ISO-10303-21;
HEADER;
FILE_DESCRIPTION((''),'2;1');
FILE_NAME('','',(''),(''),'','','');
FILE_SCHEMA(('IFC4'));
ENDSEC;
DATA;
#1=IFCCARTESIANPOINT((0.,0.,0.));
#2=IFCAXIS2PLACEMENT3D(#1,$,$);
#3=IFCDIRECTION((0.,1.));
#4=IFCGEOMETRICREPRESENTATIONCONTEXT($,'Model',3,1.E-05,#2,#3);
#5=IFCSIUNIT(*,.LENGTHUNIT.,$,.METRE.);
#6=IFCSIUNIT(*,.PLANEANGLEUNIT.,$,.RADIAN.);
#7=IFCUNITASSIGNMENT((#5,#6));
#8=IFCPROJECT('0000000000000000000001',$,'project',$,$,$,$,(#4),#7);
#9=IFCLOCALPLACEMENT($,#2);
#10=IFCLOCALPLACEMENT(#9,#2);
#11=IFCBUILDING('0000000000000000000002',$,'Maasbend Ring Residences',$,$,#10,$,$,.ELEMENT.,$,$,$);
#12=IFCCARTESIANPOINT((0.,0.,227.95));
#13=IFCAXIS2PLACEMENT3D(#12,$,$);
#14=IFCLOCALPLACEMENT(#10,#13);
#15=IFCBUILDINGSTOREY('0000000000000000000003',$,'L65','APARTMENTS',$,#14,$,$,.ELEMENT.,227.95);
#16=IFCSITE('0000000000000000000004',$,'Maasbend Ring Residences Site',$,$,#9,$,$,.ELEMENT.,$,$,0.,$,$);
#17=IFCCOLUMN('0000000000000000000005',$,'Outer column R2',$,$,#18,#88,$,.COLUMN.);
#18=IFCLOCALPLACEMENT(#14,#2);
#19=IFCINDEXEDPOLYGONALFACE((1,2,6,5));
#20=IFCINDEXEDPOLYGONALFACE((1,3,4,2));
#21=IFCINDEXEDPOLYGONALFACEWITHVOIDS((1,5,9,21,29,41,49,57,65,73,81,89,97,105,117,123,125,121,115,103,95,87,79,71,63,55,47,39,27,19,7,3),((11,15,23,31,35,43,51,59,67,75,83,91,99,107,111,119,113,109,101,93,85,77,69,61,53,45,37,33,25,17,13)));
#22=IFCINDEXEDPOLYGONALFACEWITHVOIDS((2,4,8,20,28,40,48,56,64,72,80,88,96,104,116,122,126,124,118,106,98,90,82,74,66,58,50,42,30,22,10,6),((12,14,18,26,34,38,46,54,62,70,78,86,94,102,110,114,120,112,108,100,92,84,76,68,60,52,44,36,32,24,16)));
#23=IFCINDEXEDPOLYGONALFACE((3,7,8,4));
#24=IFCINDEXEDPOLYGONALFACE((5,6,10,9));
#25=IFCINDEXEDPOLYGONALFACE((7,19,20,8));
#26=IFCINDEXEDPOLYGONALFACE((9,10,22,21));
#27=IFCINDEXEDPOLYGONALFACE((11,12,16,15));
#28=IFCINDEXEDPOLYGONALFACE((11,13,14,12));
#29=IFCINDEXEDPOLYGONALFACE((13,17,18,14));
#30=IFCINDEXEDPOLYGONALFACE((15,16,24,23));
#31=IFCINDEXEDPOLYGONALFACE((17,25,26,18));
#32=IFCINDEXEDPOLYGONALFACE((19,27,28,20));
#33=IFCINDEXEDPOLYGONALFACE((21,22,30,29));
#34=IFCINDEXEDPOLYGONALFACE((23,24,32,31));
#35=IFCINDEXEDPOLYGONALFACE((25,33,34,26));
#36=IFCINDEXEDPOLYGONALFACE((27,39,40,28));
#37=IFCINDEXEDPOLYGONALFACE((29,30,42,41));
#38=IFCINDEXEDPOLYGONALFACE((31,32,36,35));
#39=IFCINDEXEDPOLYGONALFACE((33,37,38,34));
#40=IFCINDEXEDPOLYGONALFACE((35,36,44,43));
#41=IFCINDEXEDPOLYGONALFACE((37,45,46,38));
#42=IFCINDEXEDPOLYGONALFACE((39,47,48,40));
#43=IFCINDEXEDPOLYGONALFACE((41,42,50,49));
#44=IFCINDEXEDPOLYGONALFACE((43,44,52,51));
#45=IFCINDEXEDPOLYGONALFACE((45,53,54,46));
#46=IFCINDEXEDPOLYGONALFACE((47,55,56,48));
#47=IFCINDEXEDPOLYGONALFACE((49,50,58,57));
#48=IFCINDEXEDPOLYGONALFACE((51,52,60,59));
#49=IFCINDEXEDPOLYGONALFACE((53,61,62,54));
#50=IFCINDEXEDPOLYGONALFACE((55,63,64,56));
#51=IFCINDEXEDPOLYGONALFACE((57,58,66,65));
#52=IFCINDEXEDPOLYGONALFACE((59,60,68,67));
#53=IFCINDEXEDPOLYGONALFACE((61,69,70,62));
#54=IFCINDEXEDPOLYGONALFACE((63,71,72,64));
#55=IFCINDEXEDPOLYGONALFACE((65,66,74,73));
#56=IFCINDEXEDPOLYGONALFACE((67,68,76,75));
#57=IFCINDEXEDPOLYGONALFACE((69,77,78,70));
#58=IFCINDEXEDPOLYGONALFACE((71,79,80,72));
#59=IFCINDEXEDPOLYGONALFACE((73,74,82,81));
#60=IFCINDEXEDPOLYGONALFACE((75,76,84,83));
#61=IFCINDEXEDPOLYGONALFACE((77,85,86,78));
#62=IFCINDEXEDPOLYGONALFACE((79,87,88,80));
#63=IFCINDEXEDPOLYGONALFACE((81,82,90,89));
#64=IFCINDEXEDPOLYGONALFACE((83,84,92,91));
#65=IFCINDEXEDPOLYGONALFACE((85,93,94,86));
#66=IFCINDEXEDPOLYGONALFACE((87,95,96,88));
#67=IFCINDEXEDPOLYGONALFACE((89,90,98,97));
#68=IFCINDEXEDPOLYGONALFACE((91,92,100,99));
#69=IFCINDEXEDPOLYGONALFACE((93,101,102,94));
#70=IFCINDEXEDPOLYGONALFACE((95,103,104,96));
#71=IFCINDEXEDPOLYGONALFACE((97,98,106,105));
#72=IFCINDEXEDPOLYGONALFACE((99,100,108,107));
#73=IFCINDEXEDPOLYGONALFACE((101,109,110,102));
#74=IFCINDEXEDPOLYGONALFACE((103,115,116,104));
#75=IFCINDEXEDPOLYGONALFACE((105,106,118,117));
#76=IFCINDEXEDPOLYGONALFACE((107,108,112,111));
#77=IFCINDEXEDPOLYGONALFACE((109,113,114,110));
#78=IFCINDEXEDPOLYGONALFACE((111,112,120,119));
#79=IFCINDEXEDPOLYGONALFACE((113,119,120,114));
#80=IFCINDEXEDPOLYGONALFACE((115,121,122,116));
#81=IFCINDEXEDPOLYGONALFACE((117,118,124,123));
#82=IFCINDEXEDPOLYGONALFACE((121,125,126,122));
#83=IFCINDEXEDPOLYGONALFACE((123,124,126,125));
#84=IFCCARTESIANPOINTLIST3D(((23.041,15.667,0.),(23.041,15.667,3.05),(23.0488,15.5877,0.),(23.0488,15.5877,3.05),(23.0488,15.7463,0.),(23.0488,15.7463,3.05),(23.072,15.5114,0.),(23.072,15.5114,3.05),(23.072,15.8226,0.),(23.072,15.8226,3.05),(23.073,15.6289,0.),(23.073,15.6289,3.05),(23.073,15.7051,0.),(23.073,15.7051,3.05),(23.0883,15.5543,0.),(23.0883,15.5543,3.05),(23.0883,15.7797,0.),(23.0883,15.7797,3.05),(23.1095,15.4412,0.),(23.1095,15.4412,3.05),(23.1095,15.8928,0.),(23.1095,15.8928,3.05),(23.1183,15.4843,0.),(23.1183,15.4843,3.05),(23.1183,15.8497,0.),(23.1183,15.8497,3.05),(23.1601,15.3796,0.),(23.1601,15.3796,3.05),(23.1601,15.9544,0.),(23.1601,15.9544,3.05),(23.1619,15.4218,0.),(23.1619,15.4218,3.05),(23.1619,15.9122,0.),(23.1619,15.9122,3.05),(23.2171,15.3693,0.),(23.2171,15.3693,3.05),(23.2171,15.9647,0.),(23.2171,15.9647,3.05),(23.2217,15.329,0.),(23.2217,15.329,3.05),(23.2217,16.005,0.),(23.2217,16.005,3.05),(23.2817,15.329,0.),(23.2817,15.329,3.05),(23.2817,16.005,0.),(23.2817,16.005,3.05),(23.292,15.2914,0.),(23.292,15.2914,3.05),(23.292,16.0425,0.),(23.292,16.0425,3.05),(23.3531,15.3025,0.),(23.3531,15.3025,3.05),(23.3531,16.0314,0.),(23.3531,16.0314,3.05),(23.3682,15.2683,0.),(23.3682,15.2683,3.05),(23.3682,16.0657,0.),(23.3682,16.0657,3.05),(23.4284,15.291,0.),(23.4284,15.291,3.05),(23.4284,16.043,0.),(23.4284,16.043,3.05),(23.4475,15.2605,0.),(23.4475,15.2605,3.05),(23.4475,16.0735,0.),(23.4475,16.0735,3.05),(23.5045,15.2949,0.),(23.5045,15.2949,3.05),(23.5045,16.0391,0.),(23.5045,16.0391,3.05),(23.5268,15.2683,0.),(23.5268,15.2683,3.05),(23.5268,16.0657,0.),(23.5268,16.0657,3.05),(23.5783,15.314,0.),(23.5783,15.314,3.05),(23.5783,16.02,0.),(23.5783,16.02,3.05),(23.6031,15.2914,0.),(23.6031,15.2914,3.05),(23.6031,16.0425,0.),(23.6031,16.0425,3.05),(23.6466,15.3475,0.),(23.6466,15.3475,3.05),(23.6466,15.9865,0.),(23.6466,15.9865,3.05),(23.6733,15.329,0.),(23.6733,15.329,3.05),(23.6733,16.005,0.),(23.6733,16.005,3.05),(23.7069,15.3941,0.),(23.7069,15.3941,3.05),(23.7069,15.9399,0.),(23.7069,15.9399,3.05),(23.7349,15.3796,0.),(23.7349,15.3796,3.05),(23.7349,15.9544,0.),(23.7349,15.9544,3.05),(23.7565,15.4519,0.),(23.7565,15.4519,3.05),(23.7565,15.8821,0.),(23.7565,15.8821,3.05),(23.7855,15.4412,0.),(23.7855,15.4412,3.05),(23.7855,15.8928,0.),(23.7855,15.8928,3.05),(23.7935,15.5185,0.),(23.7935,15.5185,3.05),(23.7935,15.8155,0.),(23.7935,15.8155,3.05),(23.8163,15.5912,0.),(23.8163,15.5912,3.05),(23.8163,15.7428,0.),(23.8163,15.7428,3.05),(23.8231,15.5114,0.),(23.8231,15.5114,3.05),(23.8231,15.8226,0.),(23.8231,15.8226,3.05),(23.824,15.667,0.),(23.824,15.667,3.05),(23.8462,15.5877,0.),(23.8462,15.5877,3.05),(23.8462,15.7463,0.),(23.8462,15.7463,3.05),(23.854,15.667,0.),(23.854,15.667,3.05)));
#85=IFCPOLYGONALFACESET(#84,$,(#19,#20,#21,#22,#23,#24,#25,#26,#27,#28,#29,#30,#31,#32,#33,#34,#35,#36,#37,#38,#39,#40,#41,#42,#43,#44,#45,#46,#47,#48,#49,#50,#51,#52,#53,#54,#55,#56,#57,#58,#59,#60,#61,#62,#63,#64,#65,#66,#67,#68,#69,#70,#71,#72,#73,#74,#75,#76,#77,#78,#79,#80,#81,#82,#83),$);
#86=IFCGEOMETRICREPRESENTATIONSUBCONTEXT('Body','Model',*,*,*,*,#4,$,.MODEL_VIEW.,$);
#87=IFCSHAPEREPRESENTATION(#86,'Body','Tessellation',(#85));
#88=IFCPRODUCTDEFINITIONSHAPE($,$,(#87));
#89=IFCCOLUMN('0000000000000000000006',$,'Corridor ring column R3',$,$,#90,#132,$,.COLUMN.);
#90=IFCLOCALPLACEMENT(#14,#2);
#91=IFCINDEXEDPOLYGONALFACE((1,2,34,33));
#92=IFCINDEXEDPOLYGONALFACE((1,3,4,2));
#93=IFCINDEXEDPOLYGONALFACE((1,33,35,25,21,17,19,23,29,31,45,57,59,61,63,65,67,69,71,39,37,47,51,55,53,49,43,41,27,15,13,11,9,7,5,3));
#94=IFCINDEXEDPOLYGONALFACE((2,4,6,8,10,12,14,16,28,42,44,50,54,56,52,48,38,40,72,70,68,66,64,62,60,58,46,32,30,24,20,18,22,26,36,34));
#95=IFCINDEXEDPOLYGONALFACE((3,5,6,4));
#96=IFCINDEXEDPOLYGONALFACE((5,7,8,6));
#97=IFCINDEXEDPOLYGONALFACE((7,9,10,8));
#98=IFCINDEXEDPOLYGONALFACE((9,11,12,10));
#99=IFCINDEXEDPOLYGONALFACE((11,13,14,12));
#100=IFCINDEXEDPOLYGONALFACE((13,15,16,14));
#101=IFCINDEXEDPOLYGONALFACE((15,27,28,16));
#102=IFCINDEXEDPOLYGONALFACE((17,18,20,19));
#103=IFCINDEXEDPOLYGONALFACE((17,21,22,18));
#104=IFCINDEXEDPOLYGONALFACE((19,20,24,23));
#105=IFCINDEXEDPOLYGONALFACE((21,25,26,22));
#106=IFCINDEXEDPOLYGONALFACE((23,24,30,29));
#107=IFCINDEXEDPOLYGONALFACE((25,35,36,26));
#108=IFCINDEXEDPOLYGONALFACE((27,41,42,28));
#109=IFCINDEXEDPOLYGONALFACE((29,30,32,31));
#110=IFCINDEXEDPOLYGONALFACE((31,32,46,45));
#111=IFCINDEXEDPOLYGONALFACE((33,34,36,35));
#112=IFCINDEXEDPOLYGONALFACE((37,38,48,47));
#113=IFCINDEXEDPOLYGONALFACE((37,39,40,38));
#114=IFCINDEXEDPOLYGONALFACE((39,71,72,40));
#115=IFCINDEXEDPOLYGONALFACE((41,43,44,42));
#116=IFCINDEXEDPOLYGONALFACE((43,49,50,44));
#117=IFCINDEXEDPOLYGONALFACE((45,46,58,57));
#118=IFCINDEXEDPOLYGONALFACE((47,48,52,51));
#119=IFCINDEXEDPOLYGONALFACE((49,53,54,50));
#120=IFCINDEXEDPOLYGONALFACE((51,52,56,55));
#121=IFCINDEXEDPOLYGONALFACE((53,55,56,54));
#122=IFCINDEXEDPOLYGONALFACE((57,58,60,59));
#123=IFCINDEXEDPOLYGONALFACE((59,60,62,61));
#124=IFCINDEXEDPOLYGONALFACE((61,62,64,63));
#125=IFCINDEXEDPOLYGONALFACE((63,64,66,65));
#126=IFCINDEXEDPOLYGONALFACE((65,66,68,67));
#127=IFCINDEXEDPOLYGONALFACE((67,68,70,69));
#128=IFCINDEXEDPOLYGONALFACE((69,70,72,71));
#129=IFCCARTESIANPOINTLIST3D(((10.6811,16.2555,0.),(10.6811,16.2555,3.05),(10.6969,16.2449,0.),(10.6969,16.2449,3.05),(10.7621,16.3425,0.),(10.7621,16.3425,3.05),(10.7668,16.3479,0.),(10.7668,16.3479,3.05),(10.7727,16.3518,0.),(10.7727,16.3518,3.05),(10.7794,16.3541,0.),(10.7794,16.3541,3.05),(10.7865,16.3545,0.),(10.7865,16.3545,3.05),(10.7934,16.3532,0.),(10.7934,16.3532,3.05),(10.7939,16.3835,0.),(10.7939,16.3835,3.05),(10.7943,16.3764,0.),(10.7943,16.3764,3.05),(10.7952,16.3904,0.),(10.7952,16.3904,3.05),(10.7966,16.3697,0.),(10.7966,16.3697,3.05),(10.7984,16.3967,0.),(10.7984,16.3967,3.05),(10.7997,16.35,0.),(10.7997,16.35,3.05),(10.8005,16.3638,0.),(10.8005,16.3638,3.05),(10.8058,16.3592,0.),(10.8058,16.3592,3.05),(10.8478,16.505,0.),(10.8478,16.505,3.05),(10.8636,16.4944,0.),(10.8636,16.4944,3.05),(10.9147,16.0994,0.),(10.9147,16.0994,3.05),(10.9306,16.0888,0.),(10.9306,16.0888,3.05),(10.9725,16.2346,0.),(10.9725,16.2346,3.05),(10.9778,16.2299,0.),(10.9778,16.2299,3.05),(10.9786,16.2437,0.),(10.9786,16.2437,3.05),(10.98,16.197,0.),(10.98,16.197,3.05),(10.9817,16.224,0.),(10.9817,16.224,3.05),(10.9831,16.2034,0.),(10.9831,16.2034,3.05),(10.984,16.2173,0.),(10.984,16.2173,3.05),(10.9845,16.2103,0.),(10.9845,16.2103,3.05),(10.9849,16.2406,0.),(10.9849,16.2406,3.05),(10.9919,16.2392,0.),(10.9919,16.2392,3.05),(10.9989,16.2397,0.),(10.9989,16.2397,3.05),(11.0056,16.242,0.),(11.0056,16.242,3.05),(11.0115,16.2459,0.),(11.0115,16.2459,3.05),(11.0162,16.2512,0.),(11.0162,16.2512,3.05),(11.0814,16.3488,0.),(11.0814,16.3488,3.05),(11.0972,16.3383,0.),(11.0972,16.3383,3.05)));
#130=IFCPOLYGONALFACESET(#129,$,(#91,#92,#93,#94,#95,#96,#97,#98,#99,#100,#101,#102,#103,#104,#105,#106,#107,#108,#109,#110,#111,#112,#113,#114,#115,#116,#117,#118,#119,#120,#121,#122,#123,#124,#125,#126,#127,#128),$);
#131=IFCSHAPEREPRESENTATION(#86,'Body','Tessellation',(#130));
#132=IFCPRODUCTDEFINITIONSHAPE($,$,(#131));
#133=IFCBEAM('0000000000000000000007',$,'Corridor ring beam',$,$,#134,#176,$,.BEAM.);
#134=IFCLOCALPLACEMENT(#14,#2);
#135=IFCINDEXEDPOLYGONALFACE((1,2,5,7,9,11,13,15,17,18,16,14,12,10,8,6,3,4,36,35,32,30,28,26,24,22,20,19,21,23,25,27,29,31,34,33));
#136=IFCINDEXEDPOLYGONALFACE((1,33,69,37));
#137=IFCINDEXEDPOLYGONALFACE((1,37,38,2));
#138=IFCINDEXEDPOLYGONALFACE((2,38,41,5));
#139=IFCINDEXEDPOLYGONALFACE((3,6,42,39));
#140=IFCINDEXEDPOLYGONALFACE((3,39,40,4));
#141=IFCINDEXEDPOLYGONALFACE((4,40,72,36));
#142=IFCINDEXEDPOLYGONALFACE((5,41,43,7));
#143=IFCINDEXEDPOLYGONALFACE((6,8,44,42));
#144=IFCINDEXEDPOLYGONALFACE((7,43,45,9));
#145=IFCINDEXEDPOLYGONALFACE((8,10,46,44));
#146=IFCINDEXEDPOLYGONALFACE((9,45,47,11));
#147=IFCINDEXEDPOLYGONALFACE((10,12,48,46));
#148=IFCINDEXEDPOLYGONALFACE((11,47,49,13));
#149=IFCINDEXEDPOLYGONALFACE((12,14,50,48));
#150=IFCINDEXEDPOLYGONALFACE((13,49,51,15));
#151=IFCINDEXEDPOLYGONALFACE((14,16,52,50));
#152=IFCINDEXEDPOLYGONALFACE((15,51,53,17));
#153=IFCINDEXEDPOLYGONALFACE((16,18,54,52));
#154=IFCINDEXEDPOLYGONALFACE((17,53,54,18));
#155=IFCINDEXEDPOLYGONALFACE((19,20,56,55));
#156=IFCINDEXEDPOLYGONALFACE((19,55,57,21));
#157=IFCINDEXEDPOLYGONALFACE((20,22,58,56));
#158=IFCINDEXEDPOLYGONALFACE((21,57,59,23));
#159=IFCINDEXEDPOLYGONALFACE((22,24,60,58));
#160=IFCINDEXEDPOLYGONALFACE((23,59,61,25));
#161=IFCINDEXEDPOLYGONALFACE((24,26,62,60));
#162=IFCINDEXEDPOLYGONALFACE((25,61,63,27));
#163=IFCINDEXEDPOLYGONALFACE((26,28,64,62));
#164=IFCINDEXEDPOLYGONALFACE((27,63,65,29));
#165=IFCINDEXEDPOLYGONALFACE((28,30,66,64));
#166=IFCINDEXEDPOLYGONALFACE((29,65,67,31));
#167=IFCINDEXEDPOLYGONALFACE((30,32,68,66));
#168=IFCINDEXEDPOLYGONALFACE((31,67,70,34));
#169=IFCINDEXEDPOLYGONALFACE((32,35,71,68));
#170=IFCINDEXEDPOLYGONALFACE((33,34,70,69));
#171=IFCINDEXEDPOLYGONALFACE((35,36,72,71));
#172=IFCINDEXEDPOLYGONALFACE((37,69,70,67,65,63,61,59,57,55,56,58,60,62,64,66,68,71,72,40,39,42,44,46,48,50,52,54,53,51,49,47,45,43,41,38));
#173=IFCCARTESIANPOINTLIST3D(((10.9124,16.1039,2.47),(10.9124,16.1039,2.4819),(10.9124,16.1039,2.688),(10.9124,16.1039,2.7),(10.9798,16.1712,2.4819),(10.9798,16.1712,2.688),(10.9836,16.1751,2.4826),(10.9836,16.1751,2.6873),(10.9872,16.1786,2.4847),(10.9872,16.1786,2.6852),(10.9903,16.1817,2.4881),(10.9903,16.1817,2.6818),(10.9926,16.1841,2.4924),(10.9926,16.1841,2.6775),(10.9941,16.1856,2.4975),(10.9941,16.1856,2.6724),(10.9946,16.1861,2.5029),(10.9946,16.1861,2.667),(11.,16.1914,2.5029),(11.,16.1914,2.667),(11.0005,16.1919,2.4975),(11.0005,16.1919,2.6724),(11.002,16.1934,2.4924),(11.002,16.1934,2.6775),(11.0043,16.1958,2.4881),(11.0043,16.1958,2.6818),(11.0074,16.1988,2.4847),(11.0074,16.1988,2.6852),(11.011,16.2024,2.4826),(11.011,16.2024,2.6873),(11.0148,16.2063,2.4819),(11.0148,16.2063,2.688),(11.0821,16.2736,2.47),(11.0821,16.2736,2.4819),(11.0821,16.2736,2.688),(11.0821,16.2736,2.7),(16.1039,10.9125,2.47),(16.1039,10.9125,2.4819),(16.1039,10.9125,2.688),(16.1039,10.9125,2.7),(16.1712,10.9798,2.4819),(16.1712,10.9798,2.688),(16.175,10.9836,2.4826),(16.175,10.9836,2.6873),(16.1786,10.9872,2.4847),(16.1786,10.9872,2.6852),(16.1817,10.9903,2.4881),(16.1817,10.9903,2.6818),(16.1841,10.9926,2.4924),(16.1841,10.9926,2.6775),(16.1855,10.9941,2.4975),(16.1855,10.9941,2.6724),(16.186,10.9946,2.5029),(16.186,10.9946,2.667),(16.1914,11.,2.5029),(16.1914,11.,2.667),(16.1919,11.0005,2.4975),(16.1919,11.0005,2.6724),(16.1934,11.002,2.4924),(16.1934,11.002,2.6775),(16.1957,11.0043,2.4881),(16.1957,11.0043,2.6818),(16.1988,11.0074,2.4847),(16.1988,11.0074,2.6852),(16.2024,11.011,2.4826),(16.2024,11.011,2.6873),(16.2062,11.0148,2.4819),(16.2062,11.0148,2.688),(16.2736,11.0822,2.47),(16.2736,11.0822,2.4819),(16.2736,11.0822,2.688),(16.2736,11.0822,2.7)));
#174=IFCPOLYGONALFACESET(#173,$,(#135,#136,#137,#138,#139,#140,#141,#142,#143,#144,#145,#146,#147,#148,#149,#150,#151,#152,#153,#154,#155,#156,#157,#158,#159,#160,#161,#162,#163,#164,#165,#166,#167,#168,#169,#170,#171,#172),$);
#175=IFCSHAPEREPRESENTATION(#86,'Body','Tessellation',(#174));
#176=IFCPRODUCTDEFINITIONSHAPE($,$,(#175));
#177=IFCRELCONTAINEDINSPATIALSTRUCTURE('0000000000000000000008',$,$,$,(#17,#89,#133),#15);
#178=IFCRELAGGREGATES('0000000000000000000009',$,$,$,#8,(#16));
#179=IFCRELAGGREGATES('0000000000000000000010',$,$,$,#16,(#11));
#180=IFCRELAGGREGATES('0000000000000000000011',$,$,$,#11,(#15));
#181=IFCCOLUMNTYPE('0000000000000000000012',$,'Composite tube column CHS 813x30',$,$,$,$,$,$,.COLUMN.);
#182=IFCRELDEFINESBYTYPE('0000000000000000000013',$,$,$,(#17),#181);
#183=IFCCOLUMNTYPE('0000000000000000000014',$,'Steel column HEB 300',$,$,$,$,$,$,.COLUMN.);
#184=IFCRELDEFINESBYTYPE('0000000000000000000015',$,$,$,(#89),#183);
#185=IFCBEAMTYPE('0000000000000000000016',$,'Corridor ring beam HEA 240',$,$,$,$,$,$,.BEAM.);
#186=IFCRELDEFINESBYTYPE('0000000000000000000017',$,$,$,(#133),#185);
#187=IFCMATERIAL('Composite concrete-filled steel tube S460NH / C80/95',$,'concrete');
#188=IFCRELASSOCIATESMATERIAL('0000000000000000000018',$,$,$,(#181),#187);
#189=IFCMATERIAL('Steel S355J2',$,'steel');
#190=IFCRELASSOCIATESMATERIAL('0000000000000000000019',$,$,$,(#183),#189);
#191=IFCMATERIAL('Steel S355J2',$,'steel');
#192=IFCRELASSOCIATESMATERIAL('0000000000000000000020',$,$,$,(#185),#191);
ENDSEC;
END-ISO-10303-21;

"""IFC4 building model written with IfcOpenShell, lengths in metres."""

from ifc_helpers import new_model, si_unit, direction, frame, origin, origin_2d, place, context, subcontext, project, spatial, hollow_circle, i_section, extrude, material, material_profile, profile_set, type_object, element, save


model = new_model("IFC4")

# Units and contexts
model_context = context("Model", 3, precision=1e-05, world=origin(), true_north=direction((0.0, 1.0)))
body_context = subcontext(model_context, "Body", "Model", "MODEL_VIEW")
ifc_project = project(units=[si_unit("LENGTHUNIT", "METRE"), si_unit("PLANEANGLEUNIT", "RADIAN")], contexts=[model_context])

# Site, building, storey
site_placement = place(None, origin())
site = spatial("IfcSite", under=ifc_project, at=site_placement, Name="Maasbend Ring Residences Site", CompositionType="ELEMENT", RefElevation=0.0)
building_placement = place(site_placement, origin())
building = spatial("IfcBuilding", under=site, at=building_placement, Name="Maasbend Ring Residences", CompositionType="ELEMENT")
storey_placement = place(building_placement, frame((0.0, 0.0, 227.95)))
storey = spatial("IfcBuildingStorey", under=building, at=storey_placement, Name="L65", Description="APARTMENTS", CompositionType="ELEMENT", Elevation=227.95)

# Columns
ifc_material_1 = material(Name="Composite concrete-filled steel tube S460NH / C80/95", Category="concrete")
ifc_material_profile_1 = material_profile(ifc_material_1, hollow_circle(Radius=0.4065, WallThickness=0.03, at=origin_2d()), Name="Composite tube column CHS 813x30")
ifc_profile_set_1 = profile_set([ifc_material_profile_1], Name="Composite concrete-filled steel tube S460NH / C80/95")
column_type_1 = type_object("IfcColumnType", Name="Composite tube column CHS 813x30", PredefinedType="COLUMN", material=ifc_profile_set_1)
column_1_placement = place(storey_placement, frame((23.4475, 15.667, 0.0), z_axis=(0.0, 0.0, 1.0), x_axis=(1.0, 0.0, 0.0)))
element("IfcColumn", 1, at=column_1_placement, inside=storey, type_object=column_type_1, Name="Outer column R2", PredefinedType="COLUMN", context=body_context, shape_type="SweptSolid", body=[
    extrude(hollow_circle(Radius=0.4065, WallThickness=0.03, at=origin_2d()), origin(), (0.0, 0.0, 1.0), 3.05),
])
ifc_material_2 = material(Name="Steel S355J2", Category="steel")
ifc_material_profile_2 = material_profile(ifc_material_2, i_section(OverallWidth=0.3, OverallDepth=0.3, WebThickness=0.011, FlangeThickness=0.019, FilletRadius=0.0271, at=origin_2d()), Name="HEB 300")
ifc_profile_set_2 = profile_set([ifc_material_profile_2], Name="Steel S355J2")
column_type_2 = type_object("IfcColumnType", Name="Steel column HEB 300", PredefinedType="COLUMN", material=ifc_profile_set_2)
column_2_placement = place(storey_placement, frame((10.8892, 16.2969, 0.0), z_axis=(0.0, 0.0, 1.0), x_axis=(0.55557, 0.83147, 0.0)))
element("IfcColumn", 2, at=column_2_placement, inside=storey, type_object=column_type_2, Name="Corridor ring column R3", PredefinedType="COLUMN", context=body_context, shape_type="SweptSolid", body=[
    extrude(i_section(OverallWidth=0.3, OverallDepth=0.3, WebThickness=0.011, FlangeThickness=0.019, FilletRadius=0.0271, at=origin_2d()), origin(), (0.0, 0.0, 1.0), 3.05),
])

# Beam
ifc_material_3 = material(Name="Steel S355J2", Category="steel")
ifc_material_profile_3 = material_profile(ifc_material_3, i_section(OverallWidth=0.24, OverallDepth=0.23, WebThickness=0.0076, FlangeThickness=0.012, FilletRadius=0.021, at=origin_2d()), Name="HEA 240")
ifc_profile_set_3 = profile_set([ifc_material_profile_3], Name="Steel S355J2")
beam_type_1 = type_object("IfcBeamType", Name="Corridor ring beam HEA 240", PredefinedType="BEAM", material=ifc_profile_set_3)
beam_1_placement = place(storey_placement, frame((16.1887, 10.9973, 2.585), z_axis=(-0.707107, 0.707107, 0.0), x_axis=(-0.707107, -0.707107, 0.0)))
element("IfcBeam", 3, at=beam_1_placement, inside=storey, type_object=beam_type_1, Name="Corridor ring beam", PredefinedType="BEAM", context=body_context, shape_type="SweptSolid", body=[
    extrude(i_section(OverallWidth=0.24, OverallDepth=0.23, WebThickness=0.0076, FlangeThickness=0.012, FilletRadius=0.021, at=origin_2d()), origin(), (0.0, 0.0, 1.0), 7.3418),
])

save(model, "model.ifc")
